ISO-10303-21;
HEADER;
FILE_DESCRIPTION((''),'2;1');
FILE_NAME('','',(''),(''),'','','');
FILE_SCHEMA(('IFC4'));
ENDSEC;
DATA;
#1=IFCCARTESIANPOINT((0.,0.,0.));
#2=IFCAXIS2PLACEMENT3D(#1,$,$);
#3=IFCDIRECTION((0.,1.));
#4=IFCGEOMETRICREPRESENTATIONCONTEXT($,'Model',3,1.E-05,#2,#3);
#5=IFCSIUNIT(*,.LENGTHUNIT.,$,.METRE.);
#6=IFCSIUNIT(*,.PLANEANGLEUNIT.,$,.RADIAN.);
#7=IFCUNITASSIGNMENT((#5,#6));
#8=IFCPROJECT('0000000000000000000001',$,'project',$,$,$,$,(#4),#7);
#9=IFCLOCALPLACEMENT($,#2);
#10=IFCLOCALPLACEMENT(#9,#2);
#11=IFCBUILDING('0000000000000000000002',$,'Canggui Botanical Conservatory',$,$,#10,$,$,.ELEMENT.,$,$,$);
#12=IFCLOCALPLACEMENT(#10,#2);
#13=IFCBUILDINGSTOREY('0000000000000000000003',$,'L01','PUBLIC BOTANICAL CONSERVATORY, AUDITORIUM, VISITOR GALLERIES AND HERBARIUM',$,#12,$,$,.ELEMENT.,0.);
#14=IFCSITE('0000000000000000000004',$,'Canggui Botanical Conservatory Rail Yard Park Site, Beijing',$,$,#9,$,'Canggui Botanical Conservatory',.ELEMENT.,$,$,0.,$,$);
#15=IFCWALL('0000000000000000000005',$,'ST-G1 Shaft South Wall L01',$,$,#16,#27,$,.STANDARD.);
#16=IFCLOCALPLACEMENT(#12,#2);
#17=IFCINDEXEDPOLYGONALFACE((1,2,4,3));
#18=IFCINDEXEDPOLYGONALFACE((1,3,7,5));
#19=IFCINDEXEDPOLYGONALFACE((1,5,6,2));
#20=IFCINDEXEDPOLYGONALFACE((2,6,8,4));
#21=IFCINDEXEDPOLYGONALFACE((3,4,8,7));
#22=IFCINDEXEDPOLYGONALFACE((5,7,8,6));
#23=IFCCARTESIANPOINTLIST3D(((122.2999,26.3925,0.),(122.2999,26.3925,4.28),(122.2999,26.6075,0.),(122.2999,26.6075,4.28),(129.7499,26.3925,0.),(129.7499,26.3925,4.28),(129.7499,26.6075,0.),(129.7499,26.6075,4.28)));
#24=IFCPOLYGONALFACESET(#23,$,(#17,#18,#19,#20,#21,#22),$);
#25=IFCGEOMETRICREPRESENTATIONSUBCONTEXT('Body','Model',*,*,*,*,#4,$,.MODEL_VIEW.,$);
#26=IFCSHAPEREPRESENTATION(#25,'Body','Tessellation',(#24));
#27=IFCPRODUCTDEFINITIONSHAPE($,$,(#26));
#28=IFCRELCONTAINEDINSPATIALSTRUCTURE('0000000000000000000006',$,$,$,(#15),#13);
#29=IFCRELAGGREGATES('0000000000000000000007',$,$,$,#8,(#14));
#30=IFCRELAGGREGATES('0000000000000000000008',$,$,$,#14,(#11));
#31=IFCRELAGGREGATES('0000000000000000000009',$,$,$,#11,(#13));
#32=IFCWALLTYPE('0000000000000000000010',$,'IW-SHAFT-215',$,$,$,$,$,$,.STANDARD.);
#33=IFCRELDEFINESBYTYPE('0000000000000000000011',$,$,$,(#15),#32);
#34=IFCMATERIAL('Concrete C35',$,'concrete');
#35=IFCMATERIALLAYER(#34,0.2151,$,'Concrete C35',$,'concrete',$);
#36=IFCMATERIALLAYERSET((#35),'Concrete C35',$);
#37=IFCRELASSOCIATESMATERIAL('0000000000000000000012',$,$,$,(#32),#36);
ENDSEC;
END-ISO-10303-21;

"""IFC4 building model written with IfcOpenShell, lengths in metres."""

from ifc_helpers import new_model, si_unit, direction, frame, frame_2d, origin, place, context, subcontext, project, spatial, rectangle, extrude, material, layer, layer_set, type_object, element, save


model = new_model("IFC4")

# Units and contexts
model_context = context("Model", 3, precision=1e-05, world=origin(), true_north=direction((0.0, 1.0)))
body_context = subcontext(model_context, "Body", "Model", "MODEL_VIEW")
ifc_project = project(units=[si_unit("LENGTHUNIT", "METRE"), si_unit("PLANEANGLEUNIT", "RADIAN")], contexts=[model_context])

# Site, building, storey
site_placement = place(None, origin())
site = spatial("IfcSite", under=ifc_project, at=site_placement, Name="Canggui Botanical Conservatory Rail Yard Park Site, Beijing", LongName="Canggui Botanical Conservatory", CompositionType="ELEMENT", RefElevation=0.0)
building_placement = place(site_placement, origin())
building = spatial("IfcBuilding", under=site, at=building_placement, Name="Canggui Botanical Conservatory", CompositionType="ELEMENT")
storey_placement = place(building_placement, origin())
storey = spatial("IfcBuildingStorey", under=building, at=storey_placement, Name="L01", Description="PUBLIC BOTANICAL CONSERVATORY, AUDITORIUM, VISITOR GALLERIES AND HERBARIUM", CompositionType="ELEMENT", Elevation=0.0)

# Shared definitions
ifc_material_1 = material(Name="Concrete C35", Category="concrete")

# Wall
ifc_layer_1 = layer(ifc_material_1, 0.2151, Name="Concrete C35", Category="concrete")
ifc_layer_set_1 = layer_set([ifc_layer_1], Name="Concrete C35")
wall_type_1 = type_object("IfcWallType", Name="IW-SHAFT-215", PredefinedType="STANDARD", material=ifc_layer_set_1)
wall_1_placement = place(storey_placement, frame((129.75, 26.5, 0.0), z_axis=(0.0, 0.0, 1.0), x_axis=(-1.0, 0.0, 0.0)))
element("IfcWall", 1, at=wall_1_placement, inside=storey, type_object=wall_type_1, Name="ST-G1 Shaft South Wall L01", PredefinedType="STANDARD", context=body_context, shape_type="SweptSolid", body=[
    extrude(rectangle(XDim=7.45, YDim=0.2151, at=frame_2d((3.7251, 0.0))), origin(), (0.0, 0.0, 1.0), 4.28),
])

save(model, "model.ifc")
